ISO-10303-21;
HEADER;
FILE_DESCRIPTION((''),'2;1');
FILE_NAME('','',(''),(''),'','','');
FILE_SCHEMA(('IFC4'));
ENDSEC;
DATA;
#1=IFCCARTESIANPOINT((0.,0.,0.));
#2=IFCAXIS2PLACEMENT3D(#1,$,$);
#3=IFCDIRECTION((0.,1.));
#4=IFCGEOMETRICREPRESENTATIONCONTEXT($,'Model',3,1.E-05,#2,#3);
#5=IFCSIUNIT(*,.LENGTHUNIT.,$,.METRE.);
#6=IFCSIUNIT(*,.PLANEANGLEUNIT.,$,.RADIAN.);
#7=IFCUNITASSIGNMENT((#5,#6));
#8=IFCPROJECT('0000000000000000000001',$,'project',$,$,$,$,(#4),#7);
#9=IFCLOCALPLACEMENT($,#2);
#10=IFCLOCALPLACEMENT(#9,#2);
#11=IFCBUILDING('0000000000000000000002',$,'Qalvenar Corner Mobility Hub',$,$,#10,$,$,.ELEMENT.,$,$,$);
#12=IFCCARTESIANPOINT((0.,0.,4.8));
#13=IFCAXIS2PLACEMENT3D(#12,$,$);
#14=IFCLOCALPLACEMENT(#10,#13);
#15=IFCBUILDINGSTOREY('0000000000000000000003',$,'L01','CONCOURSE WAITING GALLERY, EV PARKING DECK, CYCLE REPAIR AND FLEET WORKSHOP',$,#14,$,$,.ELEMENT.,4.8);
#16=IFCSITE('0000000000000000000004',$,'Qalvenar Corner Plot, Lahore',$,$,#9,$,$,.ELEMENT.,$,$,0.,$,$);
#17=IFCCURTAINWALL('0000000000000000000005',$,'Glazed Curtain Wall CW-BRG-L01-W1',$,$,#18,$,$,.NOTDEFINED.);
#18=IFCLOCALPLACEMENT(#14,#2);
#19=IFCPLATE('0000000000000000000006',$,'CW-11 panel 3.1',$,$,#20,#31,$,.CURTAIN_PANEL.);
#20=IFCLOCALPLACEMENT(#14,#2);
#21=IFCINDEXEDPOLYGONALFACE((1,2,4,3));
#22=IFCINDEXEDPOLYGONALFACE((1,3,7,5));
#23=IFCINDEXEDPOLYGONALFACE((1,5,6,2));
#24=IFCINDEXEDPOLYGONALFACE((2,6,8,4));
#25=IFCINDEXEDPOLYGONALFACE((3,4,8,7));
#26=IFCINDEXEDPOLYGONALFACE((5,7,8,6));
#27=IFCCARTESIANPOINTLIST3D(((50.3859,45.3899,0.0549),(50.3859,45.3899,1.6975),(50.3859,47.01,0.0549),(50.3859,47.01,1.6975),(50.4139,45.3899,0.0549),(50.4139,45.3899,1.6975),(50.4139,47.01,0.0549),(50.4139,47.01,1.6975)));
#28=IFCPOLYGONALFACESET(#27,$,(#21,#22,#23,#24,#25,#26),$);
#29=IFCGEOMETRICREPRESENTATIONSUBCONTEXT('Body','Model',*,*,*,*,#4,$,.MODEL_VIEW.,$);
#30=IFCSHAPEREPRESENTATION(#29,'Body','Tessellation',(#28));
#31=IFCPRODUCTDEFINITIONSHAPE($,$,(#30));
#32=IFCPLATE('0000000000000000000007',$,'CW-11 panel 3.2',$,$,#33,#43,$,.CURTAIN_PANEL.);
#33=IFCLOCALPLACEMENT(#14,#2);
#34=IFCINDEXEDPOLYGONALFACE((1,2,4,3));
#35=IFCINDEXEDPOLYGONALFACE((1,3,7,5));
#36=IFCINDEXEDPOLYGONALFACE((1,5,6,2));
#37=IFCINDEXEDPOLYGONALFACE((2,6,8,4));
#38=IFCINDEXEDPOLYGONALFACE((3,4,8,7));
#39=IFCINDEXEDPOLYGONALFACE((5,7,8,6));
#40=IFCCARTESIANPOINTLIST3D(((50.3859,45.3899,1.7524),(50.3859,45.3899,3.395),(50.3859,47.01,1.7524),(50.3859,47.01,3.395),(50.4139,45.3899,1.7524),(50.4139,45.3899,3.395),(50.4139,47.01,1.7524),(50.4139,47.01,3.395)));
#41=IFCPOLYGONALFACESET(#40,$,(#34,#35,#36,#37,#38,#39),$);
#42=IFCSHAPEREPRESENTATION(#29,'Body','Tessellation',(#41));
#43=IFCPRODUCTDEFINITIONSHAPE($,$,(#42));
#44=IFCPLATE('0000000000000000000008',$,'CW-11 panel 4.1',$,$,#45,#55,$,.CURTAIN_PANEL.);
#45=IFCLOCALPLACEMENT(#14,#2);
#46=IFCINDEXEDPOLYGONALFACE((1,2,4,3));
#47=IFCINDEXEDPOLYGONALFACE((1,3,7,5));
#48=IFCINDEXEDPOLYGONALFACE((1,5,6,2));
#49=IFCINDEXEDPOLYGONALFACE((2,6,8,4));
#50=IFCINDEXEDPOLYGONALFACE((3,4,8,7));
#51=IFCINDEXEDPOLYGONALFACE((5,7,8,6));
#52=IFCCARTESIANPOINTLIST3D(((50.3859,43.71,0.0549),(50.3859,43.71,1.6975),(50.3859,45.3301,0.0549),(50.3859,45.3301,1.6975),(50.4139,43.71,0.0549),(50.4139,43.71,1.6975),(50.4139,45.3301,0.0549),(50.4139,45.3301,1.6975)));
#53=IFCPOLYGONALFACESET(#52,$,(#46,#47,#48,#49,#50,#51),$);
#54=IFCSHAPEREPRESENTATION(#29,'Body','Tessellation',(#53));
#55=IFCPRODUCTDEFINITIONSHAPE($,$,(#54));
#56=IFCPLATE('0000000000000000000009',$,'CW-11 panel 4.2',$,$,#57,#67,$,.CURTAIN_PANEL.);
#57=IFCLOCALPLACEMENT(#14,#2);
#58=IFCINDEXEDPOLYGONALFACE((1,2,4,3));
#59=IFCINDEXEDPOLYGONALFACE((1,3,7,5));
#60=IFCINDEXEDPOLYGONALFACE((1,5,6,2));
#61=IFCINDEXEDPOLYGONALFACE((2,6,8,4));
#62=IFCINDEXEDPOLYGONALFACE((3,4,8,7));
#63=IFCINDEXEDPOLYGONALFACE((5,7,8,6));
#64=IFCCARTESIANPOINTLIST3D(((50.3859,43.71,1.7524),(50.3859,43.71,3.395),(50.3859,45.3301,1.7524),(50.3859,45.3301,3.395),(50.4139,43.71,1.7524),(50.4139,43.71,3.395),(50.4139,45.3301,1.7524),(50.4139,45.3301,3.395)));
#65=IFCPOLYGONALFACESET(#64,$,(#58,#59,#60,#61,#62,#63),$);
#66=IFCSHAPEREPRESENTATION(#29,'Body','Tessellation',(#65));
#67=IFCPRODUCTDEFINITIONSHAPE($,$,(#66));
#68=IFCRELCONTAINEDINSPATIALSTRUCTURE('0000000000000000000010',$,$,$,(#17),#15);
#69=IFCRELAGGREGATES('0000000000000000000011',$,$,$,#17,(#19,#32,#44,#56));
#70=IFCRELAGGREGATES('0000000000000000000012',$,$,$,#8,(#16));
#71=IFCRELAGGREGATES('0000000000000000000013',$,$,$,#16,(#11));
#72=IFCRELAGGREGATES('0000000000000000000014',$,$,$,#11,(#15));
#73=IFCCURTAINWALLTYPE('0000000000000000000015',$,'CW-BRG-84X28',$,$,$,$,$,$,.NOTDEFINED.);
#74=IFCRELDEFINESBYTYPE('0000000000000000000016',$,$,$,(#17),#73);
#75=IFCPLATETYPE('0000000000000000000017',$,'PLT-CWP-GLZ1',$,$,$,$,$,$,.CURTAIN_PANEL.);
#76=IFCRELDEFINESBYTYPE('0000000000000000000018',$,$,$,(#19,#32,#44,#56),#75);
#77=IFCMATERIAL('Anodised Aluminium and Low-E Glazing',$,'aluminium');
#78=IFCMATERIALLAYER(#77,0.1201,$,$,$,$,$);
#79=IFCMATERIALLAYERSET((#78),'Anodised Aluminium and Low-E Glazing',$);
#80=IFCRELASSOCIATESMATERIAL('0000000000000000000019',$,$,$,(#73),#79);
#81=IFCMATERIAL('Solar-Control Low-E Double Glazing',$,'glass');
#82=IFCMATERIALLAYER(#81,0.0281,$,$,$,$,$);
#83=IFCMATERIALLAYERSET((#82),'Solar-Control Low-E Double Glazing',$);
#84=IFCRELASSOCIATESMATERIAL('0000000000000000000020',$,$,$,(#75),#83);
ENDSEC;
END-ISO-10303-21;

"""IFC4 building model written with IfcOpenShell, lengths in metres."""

from ifc_helpers import new_model, si_unit, direction, frame, origin, origin_2d, place, context, subcontext, project, spatial, rectangle, extrude, material, layer, layer_set, type_object, element, aggregate, save


model = new_model("IFC4")

# Units and contexts
model_context = context("Model", 3, precision=1e-05, world=origin(), true_north=direction((0.0, 1.0)))
body_context = subcontext(model_context, "Body", "Model", "MODEL_VIEW")
ifc_project = project(units=[si_unit("LENGTHUNIT", "METRE"), si_unit("PLANEANGLEUNIT", "RADIAN")], contexts=[model_context])

# Site, building, storey
site_placement = place(None, origin())
site = spatial("IfcSite", under=ifc_project, at=site_placement, Name="Qalvenar Corner Plot, Lahore", CompositionType="ELEMENT", RefElevation=0.0)
building_placement = place(site_placement, origin())
building = spatial("IfcBuilding", under=site, at=building_placement, Name="Qalvenar Corner Mobility Hub", CompositionType="ELEMENT")
storey_placement = place(building_placement, frame((0.0, 0.0, 4.8)))
storey = spatial("IfcBuildingStorey", under=building, at=storey_placement, Name="L01", Description="CONCOURSE WAITING GALLERY, EV PARKING DECK, CYCLE REPAIR AND FLEET WORKSHOP", CompositionType="ELEMENT", Elevation=4.8)

# Curtain wall, plates
ifc_material_1 = material(Name="Anodised Aluminium and Low-E Glazing", Category="aluminium")
ifc_layer_1 = layer(ifc_material_1, 0.1201)
ifc_layer_set_1 = layer_set([ifc_layer_1], Name="Anodised Aluminium and Low-E Glazing")
curtain_wall_type = type_object("IfcCurtainWallType", Name="CW-BRG-84X28", PredefinedType="NOTDEFINED", material=ifc_layer_set_1)
curtain_wall_placement = place(storey_placement, origin())
curtain_wall = element("IfcCurtainWall", 1, at=curtain_wall_placement, inside=storey, type_object=curtain_wall_type, Name="Glazed Curtain Wall CW-BRG-L01-W1", PredefinedType="NOTDEFINED")
ifc_material_2 = material(Name="Solar-Control Low-E Double Glazing", Category="glass")
ifc_layer_2 = layer(ifc_material_2, 0.0281)
ifc_layer_set_2 = layer_set([ifc_layer_2], Name="Solar-Control Low-E Double Glazing")
plate_type = type_object("IfcPlateType", Name="PLT-CWP-GLZ1", PredefinedType="CURTAIN_PANEL", material=ifc_layer_set_2)
plate_1_placement = place(storey_placement, frame((50.3999, 46.2, 0.0549), z_axis=(0.0, 0.0, 1.0), x_axis=(0.0, -1.0, 0.0)))
plate_1 = element("IfcPlate", 2, at=plate_1_placement, type_object=plate_type, Name="CW-11 panel 3.1", PredefinedType="CURTAIN_PANEL", context=body_context, shape_type="SweptSolid", body=[
    extrude(rectangle(XDim=1.6201, YDim=0.0281, at=origin_2d()), origin(), (0.0, 0.0, 1.0), 1.6426),
])
plate_2_placement = place(storey_placement, frame((50.3999, 46.2, 1.7524), z_axis=(0.0, 0.0, 1.0), x_axis=(0.0, -1.0, 0.0)))
plate_2 = element("IfcPlate", 3, at=plate_2_placement, type_object=plate_type, Name="CW-11 panel 3.2", PredefinedType="CURTAIN_PANEL", context=body_context, shape_type="SweptSolid", body=[
    extrude(rectangle(XDim=1.6201, YDim=0.0281, at=origin_2d()), origin(), (0.0, 0.0, 1.0), 1.6426),
])
plate_3_placement = place(storey_placement, frame((50.3999, 44.52, 0.0549), z_axis=(0.0, 0.0, 1.0), x_axis=(0.0, -1.0, 0.0)))
plate_3 = element("IfcPlate", 4, at=plate_3_placement, type_object=plate_type, Name="CW-11 panel 4.1", PredefinedType="CURTAIN_PANEL", context=body_context, shape_type="SweptSolid", body=[
    extrude(rectangle(XDim=1.6201, YDim=0.0281, at=origin_2d()), origin(), (0.0, 0.0, 1.0), 1.6426),
])
plate_4_placement = place(storey_placement, frame((50.3999, 44.52, 1.7524), z_axis=(0.0, 0.0, 1.0), x_axis=(0.0, -1.0, 0.0)))
plate_4 = element("IfcPlate", 5, at=plate_4_placement, type_object=plate_type, Name="CW-11 panel 4.2", PredefinedType="CURTAIN_PANEL", context=body_context, shape_type="SweptSolid", body=[
    extrude(rectangle(XDim=1.6201, YDim=0.0281, at=origin_2d()), origin(), (0.0, 0.0, 1.0), 1.6426),
])
aggregate(curtain_wall, [plate_1, plate_2, plate_3, plate_4])

save(model, "model.ifc")
